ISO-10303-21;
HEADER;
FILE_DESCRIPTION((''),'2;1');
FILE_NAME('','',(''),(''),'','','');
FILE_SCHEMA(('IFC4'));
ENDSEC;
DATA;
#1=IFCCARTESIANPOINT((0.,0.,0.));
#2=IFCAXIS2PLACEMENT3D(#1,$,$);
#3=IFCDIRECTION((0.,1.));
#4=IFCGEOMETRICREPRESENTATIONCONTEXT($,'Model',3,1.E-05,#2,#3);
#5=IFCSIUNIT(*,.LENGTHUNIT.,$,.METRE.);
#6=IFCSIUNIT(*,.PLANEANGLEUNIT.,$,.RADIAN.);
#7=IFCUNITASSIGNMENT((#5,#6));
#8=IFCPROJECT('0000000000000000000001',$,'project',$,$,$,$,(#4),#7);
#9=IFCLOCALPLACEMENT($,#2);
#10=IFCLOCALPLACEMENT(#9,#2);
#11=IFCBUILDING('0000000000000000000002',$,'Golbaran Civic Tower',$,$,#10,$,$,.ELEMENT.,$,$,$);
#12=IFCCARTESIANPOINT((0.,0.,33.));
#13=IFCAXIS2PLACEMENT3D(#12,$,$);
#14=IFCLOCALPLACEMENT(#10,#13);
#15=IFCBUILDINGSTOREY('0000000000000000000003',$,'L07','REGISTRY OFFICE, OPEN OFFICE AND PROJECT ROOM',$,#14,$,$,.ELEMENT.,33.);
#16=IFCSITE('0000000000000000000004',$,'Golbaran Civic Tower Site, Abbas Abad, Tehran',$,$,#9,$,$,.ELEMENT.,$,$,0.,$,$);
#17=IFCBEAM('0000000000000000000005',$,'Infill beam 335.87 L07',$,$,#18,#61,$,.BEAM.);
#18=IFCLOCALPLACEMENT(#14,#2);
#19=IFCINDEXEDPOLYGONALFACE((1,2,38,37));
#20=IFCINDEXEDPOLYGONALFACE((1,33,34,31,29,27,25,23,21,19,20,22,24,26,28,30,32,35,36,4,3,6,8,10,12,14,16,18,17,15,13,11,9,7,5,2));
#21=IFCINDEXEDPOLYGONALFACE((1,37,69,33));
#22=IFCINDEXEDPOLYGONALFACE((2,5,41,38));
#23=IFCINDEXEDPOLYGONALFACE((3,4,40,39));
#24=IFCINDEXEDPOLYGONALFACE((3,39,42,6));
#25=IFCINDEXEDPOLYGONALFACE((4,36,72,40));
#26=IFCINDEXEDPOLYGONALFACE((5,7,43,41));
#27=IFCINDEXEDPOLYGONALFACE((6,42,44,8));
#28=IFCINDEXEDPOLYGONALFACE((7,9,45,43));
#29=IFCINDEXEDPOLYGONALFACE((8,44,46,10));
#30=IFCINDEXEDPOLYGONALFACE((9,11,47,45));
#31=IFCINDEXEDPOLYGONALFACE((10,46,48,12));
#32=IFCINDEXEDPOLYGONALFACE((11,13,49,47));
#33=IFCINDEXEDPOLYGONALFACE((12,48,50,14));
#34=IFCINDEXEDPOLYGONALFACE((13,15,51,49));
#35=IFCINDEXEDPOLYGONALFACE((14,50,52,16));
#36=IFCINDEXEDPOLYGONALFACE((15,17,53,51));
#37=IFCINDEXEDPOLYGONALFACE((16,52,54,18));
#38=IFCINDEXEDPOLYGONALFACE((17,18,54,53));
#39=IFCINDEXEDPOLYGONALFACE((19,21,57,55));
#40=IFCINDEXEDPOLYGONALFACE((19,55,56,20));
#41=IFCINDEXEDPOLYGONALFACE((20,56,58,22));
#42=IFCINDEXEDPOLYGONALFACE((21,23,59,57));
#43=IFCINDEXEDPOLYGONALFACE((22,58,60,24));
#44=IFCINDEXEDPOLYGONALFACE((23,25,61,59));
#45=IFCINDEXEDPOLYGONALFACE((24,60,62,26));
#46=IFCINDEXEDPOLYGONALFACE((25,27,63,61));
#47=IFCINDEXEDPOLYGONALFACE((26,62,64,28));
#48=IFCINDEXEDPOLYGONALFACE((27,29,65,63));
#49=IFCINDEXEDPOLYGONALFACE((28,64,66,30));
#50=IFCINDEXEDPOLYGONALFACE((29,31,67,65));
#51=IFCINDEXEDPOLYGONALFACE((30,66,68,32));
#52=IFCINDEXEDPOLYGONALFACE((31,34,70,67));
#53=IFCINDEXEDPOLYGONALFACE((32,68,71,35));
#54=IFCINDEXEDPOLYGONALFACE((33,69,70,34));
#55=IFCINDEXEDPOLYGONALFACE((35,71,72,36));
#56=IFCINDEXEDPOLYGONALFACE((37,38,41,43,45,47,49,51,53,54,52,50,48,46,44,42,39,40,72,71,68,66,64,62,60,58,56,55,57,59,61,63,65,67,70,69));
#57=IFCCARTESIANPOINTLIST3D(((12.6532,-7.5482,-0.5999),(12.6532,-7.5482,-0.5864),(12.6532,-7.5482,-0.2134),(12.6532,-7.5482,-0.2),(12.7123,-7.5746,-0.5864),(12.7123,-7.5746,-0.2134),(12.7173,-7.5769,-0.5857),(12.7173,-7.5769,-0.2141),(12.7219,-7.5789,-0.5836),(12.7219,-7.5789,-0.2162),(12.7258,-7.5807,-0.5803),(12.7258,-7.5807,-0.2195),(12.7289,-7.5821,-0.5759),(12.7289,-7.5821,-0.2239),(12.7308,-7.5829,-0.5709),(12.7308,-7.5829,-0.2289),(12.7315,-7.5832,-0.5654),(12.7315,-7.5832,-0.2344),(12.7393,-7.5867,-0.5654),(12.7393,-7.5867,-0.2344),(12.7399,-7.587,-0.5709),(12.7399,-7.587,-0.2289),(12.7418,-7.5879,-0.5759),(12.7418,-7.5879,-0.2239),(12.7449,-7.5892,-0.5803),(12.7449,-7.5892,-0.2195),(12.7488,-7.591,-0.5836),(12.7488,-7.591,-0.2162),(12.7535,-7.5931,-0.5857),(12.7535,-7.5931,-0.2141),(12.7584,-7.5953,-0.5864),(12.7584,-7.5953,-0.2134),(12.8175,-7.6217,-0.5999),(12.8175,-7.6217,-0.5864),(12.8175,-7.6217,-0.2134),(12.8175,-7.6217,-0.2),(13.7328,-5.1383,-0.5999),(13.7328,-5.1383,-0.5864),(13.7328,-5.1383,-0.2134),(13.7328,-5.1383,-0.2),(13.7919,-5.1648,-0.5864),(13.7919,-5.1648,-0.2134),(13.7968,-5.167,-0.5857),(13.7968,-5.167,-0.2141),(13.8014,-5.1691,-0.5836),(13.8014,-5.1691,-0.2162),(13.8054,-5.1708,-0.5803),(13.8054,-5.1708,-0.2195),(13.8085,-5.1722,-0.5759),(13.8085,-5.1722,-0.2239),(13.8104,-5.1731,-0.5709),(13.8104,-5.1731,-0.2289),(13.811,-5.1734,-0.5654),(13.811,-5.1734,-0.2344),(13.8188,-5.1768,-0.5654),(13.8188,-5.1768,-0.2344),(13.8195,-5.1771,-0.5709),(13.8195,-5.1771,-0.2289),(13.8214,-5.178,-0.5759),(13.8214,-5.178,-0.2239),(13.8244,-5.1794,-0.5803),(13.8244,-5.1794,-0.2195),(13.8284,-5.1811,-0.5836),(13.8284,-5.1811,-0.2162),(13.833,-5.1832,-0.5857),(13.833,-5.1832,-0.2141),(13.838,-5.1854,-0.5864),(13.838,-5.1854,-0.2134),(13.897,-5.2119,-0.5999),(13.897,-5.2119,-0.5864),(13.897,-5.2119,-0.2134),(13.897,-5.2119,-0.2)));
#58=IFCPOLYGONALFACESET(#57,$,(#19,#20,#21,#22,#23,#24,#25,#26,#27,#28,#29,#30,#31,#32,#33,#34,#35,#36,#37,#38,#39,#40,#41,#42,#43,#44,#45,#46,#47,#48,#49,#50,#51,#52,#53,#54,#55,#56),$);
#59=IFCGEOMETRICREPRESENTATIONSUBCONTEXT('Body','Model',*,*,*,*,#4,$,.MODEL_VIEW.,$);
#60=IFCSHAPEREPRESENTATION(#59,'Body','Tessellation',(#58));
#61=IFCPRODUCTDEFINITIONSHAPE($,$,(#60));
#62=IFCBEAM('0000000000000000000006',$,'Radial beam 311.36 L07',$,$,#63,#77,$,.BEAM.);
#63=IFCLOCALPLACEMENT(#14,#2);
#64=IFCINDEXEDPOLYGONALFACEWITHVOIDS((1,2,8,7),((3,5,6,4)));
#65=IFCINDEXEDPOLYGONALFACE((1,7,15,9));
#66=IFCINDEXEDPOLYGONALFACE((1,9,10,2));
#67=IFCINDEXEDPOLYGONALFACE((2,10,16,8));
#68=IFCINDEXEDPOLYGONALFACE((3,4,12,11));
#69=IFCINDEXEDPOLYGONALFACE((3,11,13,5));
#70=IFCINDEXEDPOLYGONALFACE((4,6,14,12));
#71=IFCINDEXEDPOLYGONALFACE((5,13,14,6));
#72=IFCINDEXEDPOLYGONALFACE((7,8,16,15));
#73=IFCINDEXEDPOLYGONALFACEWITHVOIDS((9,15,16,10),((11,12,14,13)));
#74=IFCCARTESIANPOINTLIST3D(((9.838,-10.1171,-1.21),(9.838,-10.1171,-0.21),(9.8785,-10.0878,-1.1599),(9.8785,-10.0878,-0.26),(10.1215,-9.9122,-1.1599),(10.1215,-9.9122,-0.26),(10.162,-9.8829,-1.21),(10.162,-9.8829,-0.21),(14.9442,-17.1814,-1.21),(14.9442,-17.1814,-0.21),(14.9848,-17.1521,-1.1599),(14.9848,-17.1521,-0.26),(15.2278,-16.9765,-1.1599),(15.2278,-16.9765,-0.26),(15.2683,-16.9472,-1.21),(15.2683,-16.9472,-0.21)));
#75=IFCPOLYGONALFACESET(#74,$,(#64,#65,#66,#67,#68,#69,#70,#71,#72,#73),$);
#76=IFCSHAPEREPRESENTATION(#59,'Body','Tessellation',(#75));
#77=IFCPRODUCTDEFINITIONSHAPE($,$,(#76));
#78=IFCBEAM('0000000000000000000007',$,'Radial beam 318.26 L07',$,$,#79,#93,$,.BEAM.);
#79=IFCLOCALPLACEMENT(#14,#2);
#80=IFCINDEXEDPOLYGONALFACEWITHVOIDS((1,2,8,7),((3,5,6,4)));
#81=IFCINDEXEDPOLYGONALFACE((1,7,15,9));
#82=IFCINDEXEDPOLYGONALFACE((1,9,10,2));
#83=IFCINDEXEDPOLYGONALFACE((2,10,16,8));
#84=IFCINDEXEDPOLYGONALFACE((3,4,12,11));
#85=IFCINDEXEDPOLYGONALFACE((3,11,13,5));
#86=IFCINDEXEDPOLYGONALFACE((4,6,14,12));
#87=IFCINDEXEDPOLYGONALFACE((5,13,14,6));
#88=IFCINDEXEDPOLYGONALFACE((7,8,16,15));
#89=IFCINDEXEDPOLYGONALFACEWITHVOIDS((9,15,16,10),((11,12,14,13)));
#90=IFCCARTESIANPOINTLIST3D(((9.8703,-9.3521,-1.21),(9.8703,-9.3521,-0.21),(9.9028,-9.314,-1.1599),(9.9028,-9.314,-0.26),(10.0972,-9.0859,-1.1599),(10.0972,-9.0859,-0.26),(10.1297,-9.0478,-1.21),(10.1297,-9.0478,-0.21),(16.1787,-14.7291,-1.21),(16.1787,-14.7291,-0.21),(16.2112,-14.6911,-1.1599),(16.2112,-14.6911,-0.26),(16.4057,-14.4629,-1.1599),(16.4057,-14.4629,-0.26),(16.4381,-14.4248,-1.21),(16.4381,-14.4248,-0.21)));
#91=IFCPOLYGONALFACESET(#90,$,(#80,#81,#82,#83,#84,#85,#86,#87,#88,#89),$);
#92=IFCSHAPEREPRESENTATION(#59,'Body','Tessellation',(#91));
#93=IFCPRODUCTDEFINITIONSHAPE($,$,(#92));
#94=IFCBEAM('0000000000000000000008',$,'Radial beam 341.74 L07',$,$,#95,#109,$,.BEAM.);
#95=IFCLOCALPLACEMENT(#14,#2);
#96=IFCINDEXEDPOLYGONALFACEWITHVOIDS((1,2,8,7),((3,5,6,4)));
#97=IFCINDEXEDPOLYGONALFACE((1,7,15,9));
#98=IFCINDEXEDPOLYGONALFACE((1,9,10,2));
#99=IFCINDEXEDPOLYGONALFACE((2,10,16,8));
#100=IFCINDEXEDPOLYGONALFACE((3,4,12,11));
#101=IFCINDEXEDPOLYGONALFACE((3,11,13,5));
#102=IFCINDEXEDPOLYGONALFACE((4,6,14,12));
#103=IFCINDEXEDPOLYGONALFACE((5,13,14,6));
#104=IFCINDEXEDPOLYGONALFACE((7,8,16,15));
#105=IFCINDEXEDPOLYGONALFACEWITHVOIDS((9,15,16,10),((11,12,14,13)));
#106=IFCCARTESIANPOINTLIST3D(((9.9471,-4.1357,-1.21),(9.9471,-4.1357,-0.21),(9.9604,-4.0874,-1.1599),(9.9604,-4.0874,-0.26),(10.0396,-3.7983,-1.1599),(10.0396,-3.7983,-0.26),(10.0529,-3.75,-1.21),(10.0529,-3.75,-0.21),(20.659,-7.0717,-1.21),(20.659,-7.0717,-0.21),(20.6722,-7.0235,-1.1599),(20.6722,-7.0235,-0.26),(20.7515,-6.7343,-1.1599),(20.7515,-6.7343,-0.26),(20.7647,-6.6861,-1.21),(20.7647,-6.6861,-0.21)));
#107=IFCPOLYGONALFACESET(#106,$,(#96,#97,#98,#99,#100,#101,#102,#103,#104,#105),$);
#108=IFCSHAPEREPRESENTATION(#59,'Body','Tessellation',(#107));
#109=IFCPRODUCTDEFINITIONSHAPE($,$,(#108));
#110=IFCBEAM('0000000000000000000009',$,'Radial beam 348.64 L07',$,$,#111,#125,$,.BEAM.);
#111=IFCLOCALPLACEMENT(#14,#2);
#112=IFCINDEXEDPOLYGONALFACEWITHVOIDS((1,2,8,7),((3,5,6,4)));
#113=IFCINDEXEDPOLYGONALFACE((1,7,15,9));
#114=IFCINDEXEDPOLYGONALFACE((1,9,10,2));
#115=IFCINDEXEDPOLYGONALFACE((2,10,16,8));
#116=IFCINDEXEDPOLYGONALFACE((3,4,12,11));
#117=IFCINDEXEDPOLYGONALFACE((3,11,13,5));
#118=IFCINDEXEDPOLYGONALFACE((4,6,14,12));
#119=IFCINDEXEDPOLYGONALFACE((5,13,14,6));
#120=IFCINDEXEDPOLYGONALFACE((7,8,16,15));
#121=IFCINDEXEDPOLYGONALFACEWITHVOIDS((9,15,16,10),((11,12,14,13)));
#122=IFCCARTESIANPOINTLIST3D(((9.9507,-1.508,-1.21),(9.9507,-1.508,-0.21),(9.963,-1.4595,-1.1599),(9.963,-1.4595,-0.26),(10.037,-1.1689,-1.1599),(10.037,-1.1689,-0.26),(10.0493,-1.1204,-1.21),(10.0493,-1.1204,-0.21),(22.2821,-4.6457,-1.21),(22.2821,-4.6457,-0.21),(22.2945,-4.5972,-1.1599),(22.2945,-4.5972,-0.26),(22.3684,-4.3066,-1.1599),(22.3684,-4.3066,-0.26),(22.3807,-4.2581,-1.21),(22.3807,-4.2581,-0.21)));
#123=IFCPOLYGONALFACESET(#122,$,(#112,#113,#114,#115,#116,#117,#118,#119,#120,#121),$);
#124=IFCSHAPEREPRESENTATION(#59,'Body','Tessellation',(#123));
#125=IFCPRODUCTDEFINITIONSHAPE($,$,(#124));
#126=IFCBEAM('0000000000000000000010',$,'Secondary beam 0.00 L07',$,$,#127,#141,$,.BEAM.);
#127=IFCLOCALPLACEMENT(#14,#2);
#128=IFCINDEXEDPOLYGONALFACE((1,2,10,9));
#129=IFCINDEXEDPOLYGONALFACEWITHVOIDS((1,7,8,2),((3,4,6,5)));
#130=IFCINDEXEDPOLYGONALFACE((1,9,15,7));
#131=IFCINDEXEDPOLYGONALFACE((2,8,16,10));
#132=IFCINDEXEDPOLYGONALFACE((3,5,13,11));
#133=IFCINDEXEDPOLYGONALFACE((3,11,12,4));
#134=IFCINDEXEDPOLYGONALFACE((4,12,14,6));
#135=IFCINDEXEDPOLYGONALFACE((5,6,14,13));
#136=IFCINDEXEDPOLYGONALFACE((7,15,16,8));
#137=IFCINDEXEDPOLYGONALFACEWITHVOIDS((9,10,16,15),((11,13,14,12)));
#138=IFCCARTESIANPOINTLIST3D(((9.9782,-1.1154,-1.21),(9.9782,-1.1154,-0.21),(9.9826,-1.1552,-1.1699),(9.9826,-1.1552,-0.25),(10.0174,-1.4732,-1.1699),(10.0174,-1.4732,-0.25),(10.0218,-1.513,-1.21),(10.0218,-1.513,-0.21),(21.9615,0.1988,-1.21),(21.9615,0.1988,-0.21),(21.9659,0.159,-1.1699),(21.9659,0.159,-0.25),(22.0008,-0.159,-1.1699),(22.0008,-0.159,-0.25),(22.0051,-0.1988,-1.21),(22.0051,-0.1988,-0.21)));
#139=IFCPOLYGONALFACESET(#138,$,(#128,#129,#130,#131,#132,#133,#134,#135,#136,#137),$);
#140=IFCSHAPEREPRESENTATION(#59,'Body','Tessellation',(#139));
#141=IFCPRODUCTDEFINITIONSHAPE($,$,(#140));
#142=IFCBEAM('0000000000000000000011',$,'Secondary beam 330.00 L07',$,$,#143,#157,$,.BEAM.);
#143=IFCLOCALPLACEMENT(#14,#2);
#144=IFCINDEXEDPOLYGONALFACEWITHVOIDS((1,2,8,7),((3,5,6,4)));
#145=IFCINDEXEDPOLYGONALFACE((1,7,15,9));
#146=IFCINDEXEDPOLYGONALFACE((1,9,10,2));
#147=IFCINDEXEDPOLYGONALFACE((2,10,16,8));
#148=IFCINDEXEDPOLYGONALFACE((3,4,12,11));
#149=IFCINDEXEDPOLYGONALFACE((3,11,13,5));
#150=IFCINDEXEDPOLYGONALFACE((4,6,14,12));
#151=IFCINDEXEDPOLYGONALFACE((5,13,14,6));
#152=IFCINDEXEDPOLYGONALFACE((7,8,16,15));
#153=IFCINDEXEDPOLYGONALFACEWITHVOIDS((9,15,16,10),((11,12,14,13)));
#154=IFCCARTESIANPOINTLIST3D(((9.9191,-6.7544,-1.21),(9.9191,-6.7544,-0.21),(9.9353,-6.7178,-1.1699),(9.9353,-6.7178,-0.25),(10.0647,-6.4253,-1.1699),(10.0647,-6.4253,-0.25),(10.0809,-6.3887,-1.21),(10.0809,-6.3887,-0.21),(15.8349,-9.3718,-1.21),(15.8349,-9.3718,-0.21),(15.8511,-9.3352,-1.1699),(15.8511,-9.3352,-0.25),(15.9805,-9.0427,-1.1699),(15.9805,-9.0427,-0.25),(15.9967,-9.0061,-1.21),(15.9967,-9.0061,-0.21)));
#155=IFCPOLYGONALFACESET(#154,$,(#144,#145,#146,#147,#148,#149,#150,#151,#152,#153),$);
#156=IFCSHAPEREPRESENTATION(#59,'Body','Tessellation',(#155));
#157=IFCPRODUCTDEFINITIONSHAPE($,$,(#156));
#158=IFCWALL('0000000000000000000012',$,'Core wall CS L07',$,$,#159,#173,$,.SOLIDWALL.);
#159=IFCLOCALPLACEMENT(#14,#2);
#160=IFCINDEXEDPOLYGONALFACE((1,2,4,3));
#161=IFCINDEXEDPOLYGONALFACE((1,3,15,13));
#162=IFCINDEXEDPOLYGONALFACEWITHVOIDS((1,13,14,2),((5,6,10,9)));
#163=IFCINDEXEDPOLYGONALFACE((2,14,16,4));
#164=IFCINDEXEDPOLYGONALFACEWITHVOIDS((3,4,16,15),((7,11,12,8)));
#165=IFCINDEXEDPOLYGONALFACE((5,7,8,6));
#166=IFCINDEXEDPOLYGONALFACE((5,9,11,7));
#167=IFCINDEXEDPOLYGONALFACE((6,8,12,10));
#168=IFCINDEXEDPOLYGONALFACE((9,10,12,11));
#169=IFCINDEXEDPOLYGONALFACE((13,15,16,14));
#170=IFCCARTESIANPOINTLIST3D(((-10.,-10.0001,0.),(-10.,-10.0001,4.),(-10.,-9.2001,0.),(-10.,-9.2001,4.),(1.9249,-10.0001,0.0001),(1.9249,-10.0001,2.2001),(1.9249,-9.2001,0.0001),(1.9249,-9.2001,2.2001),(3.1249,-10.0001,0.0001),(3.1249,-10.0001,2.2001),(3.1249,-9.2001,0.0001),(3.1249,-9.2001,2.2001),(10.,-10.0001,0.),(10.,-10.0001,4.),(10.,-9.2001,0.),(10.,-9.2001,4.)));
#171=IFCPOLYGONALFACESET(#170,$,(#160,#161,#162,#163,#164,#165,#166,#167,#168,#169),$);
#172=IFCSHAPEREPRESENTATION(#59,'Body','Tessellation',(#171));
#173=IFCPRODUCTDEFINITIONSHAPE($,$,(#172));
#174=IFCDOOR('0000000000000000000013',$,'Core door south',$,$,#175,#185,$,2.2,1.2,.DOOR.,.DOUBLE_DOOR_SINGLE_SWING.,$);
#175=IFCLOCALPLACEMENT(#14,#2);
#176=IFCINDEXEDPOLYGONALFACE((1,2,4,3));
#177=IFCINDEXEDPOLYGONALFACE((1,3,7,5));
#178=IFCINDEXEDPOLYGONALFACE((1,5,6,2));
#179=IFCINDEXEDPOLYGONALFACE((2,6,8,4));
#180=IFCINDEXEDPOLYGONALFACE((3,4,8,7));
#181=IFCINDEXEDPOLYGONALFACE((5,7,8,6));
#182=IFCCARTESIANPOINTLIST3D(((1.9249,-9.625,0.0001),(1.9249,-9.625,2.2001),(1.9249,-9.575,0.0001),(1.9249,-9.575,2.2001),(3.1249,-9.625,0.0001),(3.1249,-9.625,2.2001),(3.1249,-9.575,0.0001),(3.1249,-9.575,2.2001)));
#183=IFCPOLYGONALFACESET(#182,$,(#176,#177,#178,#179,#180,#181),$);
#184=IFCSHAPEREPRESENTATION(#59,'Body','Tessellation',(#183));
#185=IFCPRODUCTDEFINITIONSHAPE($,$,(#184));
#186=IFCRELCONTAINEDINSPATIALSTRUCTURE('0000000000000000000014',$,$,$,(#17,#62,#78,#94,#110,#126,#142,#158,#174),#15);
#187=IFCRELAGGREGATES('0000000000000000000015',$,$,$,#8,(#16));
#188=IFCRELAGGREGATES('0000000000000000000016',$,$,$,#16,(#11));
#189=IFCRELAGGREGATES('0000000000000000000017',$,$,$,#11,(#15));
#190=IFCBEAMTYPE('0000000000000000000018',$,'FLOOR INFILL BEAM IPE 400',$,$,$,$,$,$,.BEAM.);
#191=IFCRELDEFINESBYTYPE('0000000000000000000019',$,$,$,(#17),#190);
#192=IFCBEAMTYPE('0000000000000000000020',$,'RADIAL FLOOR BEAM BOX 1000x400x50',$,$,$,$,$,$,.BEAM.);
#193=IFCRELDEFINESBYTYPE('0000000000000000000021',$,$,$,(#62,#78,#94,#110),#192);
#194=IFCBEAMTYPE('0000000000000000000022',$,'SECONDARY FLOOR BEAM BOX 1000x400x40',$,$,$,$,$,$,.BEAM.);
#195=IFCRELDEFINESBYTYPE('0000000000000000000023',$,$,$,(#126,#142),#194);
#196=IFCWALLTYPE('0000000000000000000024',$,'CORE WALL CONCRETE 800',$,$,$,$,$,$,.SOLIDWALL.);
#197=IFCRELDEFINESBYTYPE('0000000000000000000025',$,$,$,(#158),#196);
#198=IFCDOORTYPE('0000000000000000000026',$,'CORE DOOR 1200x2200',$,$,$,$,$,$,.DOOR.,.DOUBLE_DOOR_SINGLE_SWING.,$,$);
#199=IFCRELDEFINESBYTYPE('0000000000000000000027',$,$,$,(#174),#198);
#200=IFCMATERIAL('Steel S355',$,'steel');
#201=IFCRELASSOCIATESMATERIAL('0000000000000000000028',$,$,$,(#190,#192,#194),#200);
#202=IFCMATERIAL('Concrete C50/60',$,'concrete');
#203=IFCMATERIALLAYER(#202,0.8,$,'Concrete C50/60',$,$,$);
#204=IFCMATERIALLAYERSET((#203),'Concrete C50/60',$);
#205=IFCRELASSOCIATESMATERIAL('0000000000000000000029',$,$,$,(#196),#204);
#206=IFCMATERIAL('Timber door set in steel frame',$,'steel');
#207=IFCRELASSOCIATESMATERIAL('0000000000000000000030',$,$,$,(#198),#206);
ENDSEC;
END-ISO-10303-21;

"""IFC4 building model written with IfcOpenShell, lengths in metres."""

from ifc_helpers import new_model, si_unit, direction, frame, frame_2d, origin, origin_2d, place, context, subcontext, project, spatial, rectangle, hollow_rectangle, i_section, extrude, material, layer, layer_set, material_profile, profile_set, type_object, element, fill, save


model = new_model("IFC4")

# Units and contexts
model_context = context("Model", 3, precision=1e-05, world=origin(), true_north=direction((0.0, 1.0)))
body_context = subcontext(model_context, "Body", "Model", "MODEL_VIEW")
ifc_project = project(units=[si_unit("LENGTHUNIT", "METRE"), si_unit("PLANEANGLEUNIT", "RADIAN")], contexts=[model_context])

# Site, building, storey
site_placement = place(None, origin())
site = spatial("IfcSite", under=ifc_project, at=site_placement, Name="Golbaran Civic Tower Site, Abbas Abad, Tehran", CompositionType="ELEMENT", RefElevation=0.0)
building_placement = place(site_placement, origin())
building = spatial("IfcBuilding", under=site, at=building_placement, Name="Golbaran Civic Tower", CompositionType="ELEMENT")
storey_placement = place(building_placement, frame((0.0, 0.0, 33.0)))
storey = spatial("IfcBuildingStorey", under=building, at=storey_placement, Name="L07", Description="REGISTRY OFFICE, OPEN OFFICE AND PROJECT ROOM", CompositionType="ELEMENT", Elevation=33.0)

# Beams
ifc_material_1 = material(Name="Steel S355", Category="steel")
ifc_material_profile_1 = material_profile(ifc_material_1, i_section(OverallWidth=0.1799, OverallDepth=0.3999, WebThickness=0.0085, FlangeThickness=0.0134, FilletRadius=0.021, at=origin_2d()), Name="IPE 400")
ifc_profile_set_1 = profile_set([ifc_material_profile_1], Name="Steel S355")
beam_type_1 = type_object("IfcBeamType", Name="FLOOR INFILL BEAM IPE 400", PredefinedType="BEAM", material=ifc_profile_set_1)
beam_1_placement = place(storey_placement, frame((12.7354, -7.585, -0.3999), z_axis=(0.40883, 0.91261, 0.0), x_axis=(-0.91261, 0.40883, 0.0)))
element("IfcBeam", 1, at=beam_1_placement, inside=storey, type_object=beam_type_1, Name="Infill beam 335.87 L07", PredefinedType="BEAM", context=body_context, shape_type="SweptSolid", body=[
    extrude(i_section(OverallWidth=0.1799, OverallDepth=0.3999, WebThickness=0.0085, FlangeThickness=0.0134, FilletRadius=0.021, at=origin_2d()), origin(), (0.0, 0.0, 1.0), 2.6406),
])
ifc_material_profile_2 = material_profile(ifc_material_1, hollow_rectangle(XDim=0.3999, YDim=1.0, WallThickness=0.05, at=origin_2d()), Name="BOX 1000x400x50")
ifc_profile_set_2 = profile_set([ifc_material_profile_2], Name="Steel S355")
beam_type_2 = type_object("IfcBeamType", Name="RADIAL FLOOR BEAM BOX 1000x400x50", PredefinedType="BEAM", material=ifc_profile_set_2)
beam_2_placement = place(storey_placement, frame((10.0, -10.0, -0.71), z_axis=(0.585813, -0.810447, 0.0), x_axis=(0.810447, 0.585813, 0.0)))
element("IfcBeam", 2, at=beam_2_placement, inside=storey, type_object=beam_type_2, Name="Radial beam 311.36 L07", PredefinedType="BEAM", context=body_context, shape_type="SweptSolid", body=[
    extrude(hollow_rectangle(XDim=0.3999, YDim=1.0, WallThickness=0.05, at=origin_2d()), origin(), (0.0, 0.0, 1.0), 8.7166),
])
beam_3_placement = place(storey_placement, frame((10.0, -9.2, -0.71), z_axis=(0.761054, -0.648688, 0.0), x_axis=(0.648688, 0.761054, 0.0)))
element("IfcBeam", 3, at=beam_3_placement, inside=storey, type_object=beam_type_2, Name="Radial beam 318.26 L07", PredefinedType="BEAM", context=body_context, shape_type="SweptSolid", body=[
    extrude(hollow_rectangle(XDim=0.3999, YDim=1.0, WallThickness=0.05, at=origin_2d()), origin(), (0.0, 0.0, 1.0), 8.2891),
])
beam_4_placement = place(storey_placement, frame((10.0, -3.9429, -0.71), z_axis=(0.964429, -0.264341, 0.0), x_axis=(0.264341, 0.964429, 0.0)))
element("IfcBeam", 4, at=beam_4_placement, inside=storey, type_object=beam_type_2, Name="Radial beam 341.74 L07", PredefinedType="BEAM", context=body_context, shape_type="SweptSolid", body=[
    extrude(hollow_rectangle(XDim=0.3999, YDim=1.0, WallThickness=0.05, at=origin_2d()), origin(), (0.0, 0.0, 1.0), 11.1069),
])
beam_5_placement = place(storey_placement, frame((10.0, -1.3142, -0.71), z_axis=(0.969121, -0.246588, 0.0), x_axis=(0.246588, 0.969121, 0.0)))
element("IfcBeam", 5, at=beam_5_placement, inside=storey, type_object=beam_type_2, Name="Radial beam 348.64 L07", PredefinedType="BEAM", context=body_context, shape_type="SweptSolid", body=[
    extrude(hollow_rectangle(XDim=0.3999, YDim=1.0, WallThickness=0.05, at=origin_2d()), origin(), (0.0, 0.0, 1.0), 12.7244),
])
ifc_material_profile_3 = material_profile(ifc_material_1, hollow_rectangle(XDim=0.3999, YDim=1.0, WallThickness=0.04, at=origin_2d()), Name="BOX 1000x400x40")
ifc_profile_set_3 = profile_set([ifc_material_profile_3], Name="Steel S355")
beam_type_3 = type_object("IfcBeamType", Name="SECONDARY FLOOR BEAM BOX 1000x400x40", PredefinedType="BEAM", material=ifc_profile_set_3)
beam_6_placement = place(storey_placement, frame((10.0, -1.3142, -0.71), z_axis=(0.99404, 0.109016, 0.0), x_axis=(-0.109016, 0.99404, 0.0)))
element("IfcBeam", 6, at=beam_6_placement, inside=storey, type_object=beam_type_3, Name="Secondary beam 0.00 L07", PredefinedType="BEAM", context=body_context, shape_type="SweptSolid", body=[
    extrude(hollow_rectangle(XDim=0.3999, YDim=1.0, WallThickness=0.04, at=origin_2d()), origin(), (0.0, 0.0, 1.0), 12.0552),
])
beam_7_placement = place(storey_placement, frame((10.0, -6.5715, -0.71), z_axis=(0.914487, -0.404615, 0.0), x_axis=(0.404615, 0.914487, 0.0)))
element("IfcBeam", 7, at=beam_7_placement, inside=storey, type_object=beam_type_3, Name="Secondary beam 330.00 L07", PredefinedType="BEAM", context=body_context, shape_type="SweptSolid", body=[
    extrude(hollow_rectangle(XDim=0.3999, YDim=1.0, WallThickness=0.04, at=origin_2d()), origin(), (0.0, 0.0, 1.0), 6.469),
])

# Wall, opening, door
ifc_material_2 = material(Name="Concrete C50/60", Category="concrete")
ifc_layer_1 = layer(ifc_material_2, 0.8, Name="Concrete C50/60")
ifc_layer_set_1 = layer_set([ifc_layer_1], Name="Concrete C50/60")
wall_type_1 = type_object("IfcWallType", Name="CORE WALL CONCRETE 800", PredefinedType="SOLIDWALL", material=ifc_layer_set_1)
wall_1_placement = place(storey_placement, frame((10.0, -9.6001, 0.0), z_axis=(0.0, 0.0, 1.0), x_axis=(-1.0, 0.0, 0.0)))
wall_1 = element("IfcWall", 8, at=wall_1_placement, inside=storey, type_object=wall_type_1, Name="Core wall CS L07", PredefinedType="SOLIDWALL", context=body_context, shape_type="SweptSolid", body=[
    extrude(rectangle(XDim=20.0, YDim=0.8, at=frame_2d((10.0, 0.0))), origin(), (0.0, 0.0, 1.0), 4.0),
])
opening_1_placement = place(wall_1_placement, frame((6.875, 0.0, 0.0)))
opening_1 = element("IfcOpeningElement", 9, at=opening_1_placement, cuts=wall_1, PredefinedType="OPENING", context=body_context, shape_type="SweptSolid", body=[
    extrude(rectangle(XDim=1.2, YDim=2.2, at=frame_2d((0.6001, 1.1001))), frame((0.0, 0.4099, 0.0), z_axis=(0.0, -1.0, 0.0), x_axis=(1.0, 0.0, 0.0)), (0.0, 0.0, 1.0), 0.8201),
])
ifc_material_3 = material(Name="Timber door set in steel frame", Category="steel")
door_type_1 = type_object("IfcDoorType", Name="CORE DOOR 1200x2200", OperationType="DOUBLE_DOOR_SINGLE_SWING", PredefinedType="DOOR", material=ifc_material_3)
door_1_placement = place(opening_1_placement, origin())
door_1 = element("IfcDoor", 10, at=door_1_placement, inside=storey, type_object=door_type_1, Name="Core door south", OperationType="DOUBLE_DOOR_SINGLE_SWING", OverallHeight=2.2, OverallWidth=1.2, PredefinedType="DOOR", context=body_context, shape_type="SweptSolid", body=[
    extrude(rectangle(XDim=1.2, YDim=2.2, at=frame_2d((0.6001, 1.1001))), frame((0.0, 0.0249, 0.0), z_axis=(0.0, -1.0, 0.0), x_axis=(1.0, 0.0, 0.0)), (0.0, 0.0, 1.0), 0.05),
])
fill(opening_1, door_1)

save(model, "model.ifc")
